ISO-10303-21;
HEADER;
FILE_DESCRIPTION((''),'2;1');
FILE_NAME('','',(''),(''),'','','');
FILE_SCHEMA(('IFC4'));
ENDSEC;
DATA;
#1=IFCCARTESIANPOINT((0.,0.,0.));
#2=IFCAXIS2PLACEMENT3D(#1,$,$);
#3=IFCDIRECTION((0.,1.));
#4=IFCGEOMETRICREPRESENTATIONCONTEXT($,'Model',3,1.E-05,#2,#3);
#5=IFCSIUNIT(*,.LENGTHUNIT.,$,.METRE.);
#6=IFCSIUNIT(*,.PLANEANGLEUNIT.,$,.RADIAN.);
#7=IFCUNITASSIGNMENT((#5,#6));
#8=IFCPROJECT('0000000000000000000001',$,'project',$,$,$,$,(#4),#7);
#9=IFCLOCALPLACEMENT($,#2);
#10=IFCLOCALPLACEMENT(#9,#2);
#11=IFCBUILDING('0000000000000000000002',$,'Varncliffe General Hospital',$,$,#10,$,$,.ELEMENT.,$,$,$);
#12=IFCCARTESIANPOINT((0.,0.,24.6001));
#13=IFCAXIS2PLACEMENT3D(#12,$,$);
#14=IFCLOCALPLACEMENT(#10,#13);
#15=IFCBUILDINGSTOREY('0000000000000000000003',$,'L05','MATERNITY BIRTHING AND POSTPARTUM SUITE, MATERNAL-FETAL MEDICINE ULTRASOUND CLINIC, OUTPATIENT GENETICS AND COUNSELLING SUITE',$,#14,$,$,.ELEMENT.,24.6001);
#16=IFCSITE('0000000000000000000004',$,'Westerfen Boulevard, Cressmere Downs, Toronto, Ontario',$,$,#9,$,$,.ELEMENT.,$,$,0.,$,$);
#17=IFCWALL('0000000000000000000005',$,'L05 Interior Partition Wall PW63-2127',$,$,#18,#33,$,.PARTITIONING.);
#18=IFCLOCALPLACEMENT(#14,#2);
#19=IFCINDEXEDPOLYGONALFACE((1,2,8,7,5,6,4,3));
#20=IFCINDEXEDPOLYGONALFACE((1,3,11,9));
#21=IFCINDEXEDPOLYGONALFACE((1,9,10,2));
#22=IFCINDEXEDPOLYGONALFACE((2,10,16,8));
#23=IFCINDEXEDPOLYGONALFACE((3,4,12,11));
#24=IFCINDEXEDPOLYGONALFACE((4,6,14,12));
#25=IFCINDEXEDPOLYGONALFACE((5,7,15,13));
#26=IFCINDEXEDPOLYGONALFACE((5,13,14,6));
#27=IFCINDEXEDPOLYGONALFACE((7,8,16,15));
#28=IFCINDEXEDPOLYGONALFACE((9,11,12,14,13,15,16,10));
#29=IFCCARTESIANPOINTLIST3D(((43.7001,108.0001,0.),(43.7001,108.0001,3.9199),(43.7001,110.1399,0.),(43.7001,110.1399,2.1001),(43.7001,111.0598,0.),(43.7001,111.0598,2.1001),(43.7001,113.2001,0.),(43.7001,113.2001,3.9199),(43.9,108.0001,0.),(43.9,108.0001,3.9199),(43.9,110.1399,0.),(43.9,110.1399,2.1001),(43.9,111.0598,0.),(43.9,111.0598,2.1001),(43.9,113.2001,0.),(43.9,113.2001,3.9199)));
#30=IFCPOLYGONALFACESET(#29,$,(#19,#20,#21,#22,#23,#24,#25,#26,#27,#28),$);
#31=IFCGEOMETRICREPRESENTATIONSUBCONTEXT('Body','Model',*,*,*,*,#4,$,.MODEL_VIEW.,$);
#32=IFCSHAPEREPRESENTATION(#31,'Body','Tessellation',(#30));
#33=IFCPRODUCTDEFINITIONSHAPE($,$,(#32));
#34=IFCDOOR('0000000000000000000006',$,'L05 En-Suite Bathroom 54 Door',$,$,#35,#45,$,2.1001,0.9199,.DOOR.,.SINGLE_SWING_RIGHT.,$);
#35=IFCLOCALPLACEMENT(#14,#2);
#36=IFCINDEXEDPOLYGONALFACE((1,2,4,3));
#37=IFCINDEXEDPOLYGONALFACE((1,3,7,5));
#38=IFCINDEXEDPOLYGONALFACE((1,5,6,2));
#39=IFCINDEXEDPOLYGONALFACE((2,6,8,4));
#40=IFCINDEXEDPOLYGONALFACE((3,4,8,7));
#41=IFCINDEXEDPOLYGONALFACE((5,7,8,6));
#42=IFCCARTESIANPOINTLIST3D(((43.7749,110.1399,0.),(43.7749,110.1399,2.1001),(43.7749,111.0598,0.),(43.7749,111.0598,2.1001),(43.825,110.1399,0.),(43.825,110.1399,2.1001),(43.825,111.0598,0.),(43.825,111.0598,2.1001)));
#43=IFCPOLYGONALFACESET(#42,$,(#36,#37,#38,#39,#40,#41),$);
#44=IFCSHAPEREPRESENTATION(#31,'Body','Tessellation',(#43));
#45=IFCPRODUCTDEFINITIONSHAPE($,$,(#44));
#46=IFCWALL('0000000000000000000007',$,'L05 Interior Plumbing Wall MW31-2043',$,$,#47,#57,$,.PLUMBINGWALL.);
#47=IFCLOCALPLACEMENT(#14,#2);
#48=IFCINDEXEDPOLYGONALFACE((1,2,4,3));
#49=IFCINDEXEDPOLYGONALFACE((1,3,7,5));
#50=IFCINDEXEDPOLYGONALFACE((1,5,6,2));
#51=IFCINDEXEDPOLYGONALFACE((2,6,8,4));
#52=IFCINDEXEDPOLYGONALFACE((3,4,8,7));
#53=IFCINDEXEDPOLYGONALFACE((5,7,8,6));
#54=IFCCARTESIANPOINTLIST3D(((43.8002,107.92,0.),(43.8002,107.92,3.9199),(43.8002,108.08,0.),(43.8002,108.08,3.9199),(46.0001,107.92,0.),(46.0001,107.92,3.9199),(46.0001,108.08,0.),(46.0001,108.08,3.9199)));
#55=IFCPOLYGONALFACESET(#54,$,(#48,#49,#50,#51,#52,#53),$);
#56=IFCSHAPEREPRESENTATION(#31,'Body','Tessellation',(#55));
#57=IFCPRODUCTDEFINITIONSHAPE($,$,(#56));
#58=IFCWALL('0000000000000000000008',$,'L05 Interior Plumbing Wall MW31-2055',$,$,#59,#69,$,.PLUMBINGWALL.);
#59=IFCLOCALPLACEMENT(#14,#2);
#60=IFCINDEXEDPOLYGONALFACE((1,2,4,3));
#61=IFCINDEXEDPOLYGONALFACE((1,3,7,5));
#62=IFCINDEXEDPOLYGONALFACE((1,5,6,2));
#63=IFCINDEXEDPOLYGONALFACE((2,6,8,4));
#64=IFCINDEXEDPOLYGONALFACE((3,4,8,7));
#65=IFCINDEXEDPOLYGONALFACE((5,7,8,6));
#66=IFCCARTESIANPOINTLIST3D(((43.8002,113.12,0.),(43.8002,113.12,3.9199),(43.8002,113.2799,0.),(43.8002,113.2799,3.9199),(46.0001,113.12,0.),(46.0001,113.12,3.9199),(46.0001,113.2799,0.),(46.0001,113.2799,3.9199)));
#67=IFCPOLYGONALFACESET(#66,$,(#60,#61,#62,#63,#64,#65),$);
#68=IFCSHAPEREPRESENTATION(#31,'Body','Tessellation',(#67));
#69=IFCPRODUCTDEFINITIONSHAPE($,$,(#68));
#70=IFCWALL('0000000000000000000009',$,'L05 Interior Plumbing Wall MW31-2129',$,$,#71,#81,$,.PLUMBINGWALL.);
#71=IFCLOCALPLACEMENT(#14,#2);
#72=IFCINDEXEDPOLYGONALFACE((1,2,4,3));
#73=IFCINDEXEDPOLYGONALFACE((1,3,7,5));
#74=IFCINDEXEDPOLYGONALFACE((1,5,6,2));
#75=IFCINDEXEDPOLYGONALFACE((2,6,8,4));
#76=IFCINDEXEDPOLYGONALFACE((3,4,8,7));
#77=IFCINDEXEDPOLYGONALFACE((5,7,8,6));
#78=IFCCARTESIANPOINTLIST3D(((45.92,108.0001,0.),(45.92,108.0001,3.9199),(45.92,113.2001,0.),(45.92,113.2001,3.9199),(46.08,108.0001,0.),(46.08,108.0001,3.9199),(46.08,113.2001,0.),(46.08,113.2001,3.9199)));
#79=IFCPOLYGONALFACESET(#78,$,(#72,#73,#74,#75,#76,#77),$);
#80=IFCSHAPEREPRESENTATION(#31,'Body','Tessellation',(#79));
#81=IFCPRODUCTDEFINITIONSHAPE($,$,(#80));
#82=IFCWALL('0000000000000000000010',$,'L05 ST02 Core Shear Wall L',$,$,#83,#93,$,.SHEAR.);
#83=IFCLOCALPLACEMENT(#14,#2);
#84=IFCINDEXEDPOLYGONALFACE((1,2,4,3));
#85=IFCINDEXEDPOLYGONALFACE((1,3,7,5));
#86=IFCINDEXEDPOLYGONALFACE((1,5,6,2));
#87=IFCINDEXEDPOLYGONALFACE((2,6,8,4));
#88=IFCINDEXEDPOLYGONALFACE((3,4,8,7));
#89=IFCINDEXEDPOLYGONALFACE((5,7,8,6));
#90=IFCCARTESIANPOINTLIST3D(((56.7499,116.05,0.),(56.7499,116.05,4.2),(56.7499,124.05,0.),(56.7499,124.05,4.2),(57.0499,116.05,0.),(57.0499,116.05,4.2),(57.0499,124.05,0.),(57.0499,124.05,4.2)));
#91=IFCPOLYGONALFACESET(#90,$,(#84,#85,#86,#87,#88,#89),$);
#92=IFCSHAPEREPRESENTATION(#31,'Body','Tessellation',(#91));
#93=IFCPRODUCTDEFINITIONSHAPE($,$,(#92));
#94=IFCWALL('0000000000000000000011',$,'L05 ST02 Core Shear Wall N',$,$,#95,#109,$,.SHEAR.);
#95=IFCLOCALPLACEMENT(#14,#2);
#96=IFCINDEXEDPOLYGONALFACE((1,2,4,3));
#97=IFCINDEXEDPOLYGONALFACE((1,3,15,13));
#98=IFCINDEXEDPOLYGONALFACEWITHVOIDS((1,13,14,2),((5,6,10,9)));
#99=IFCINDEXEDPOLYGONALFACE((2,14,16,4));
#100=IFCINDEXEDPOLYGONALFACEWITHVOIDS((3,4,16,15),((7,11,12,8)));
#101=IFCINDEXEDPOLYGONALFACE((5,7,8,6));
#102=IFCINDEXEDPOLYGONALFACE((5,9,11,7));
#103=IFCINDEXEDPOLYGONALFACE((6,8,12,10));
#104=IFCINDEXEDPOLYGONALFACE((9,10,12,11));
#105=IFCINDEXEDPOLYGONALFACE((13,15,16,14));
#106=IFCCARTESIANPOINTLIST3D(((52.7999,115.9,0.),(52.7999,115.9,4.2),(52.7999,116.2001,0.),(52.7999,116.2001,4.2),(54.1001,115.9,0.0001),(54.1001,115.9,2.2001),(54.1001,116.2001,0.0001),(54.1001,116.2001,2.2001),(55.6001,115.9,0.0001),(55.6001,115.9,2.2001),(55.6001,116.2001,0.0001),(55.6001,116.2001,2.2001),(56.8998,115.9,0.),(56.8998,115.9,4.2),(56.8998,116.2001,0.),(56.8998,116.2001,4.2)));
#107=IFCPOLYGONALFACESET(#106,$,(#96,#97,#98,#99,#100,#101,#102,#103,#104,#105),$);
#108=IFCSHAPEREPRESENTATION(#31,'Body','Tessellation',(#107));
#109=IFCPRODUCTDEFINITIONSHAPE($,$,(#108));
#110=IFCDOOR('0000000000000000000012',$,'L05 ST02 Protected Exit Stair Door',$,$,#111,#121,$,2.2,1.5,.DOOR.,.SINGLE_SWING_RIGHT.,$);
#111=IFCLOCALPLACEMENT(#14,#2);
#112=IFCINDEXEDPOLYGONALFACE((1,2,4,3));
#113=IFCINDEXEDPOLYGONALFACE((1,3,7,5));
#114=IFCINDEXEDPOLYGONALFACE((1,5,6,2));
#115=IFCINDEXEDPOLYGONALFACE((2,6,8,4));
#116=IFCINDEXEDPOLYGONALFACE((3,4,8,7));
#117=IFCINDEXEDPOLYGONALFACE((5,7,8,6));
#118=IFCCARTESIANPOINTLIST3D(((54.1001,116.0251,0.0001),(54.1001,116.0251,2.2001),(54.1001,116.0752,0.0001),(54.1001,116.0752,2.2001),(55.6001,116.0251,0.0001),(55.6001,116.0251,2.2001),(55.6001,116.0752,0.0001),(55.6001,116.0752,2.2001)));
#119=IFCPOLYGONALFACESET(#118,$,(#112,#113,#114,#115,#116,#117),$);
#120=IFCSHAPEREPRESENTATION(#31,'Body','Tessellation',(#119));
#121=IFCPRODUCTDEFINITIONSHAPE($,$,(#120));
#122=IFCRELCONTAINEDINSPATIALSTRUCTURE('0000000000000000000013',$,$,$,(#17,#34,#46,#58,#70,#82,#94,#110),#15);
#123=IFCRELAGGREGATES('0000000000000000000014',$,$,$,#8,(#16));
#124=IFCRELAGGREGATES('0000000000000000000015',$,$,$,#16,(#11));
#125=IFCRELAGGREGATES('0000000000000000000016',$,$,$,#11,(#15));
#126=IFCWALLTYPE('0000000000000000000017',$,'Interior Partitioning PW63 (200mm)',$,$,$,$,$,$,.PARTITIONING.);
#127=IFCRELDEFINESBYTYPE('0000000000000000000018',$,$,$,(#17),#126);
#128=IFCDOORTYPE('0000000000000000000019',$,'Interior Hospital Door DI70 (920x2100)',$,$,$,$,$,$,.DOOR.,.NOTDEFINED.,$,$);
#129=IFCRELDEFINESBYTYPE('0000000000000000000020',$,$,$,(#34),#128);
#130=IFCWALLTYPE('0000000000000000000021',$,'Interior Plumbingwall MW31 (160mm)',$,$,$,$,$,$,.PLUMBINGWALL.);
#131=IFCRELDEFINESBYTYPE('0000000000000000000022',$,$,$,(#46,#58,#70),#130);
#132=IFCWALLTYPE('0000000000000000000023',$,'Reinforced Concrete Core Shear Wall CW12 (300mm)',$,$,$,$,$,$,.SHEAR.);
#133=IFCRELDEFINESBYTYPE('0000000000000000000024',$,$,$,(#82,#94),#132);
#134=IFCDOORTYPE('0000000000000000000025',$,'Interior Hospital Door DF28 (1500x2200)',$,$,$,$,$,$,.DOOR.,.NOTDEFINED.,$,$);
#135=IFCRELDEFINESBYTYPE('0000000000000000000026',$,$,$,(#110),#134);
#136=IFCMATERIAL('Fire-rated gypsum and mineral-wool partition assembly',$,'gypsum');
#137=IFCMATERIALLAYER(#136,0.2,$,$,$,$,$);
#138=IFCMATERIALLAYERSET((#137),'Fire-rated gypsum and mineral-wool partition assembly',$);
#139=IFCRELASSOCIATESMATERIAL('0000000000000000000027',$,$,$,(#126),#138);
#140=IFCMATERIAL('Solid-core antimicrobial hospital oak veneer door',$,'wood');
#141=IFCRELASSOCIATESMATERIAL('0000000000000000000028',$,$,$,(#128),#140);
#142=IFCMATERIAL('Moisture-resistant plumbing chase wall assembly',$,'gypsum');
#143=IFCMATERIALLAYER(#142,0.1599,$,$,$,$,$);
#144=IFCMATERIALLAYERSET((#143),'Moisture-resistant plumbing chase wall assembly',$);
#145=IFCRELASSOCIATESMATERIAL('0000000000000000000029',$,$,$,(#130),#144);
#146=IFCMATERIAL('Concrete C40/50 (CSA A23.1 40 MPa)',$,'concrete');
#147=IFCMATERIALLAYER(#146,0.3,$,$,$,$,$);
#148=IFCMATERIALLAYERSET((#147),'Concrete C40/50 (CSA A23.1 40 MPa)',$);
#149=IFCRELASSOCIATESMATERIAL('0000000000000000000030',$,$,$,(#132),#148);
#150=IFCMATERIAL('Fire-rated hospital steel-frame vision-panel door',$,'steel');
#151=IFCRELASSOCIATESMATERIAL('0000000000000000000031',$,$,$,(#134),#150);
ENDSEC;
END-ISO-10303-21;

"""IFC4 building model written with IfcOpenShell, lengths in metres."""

from ifc_helpers import new_model, si_unit, direction, frame, frame_2d, origin, place, context, subcontext, project, spatial, rectangle, extrude, material, layer, layer_set, type_object, element, fill, save


model = new_model("IFC4")

# Units and contexts
model_context = context("Model", 3, precision=1e-05, world=origin(), true_north=direction((0.0, 1.0)))
body_context = subcontext(model_context, "Body", "Model", "MODEL_VIEW")
ifc_project = project(units=[si_unit("LENGTHUNIT", "METRE"), si_unit("PLANEANGLEUNIT", "RADIAN")], contexts=[model_context])

# Site, building, storey
site_placement = place(None, origin())
site = spatial("IfcSite", under=ifc_project, at=site_placement, Name="Westerfen Boulevard, Cressmere Downs, Toronto, Ontario", CompositionType="ELEMENT", RefElevation=0.0)
building_placement = place(site_placement, origin())
building = spatial("IfcBuilding", under=site, at=building_placement, Name="Varncliffe General Hospital", CompositionType="ELEMENT")
storey_placement = place(building_placement, frame((0.0, 0.0, 24.6001)))
storey = spatial("IfcBuildingStorey", under=building, at=storey_placement, Name="L05", Description="MATERNITY BIRTHING AND POSTPARTUM SUITE, MATERNAL-FETAL MEDICINE ULTRASOUND CLINIC, OUTPATIENT GENETICS AND COUNSELLING SUITE", CompositionType="ELEMENT", Elevation=24.6001)

# Shared definitions
ifc_material_1 = material(Name="Concrete C40/50 (CSA A23.1 40 MPa)", Category="concrete")

# Shared definitions
ifc_material_2 = material(Name="Fire-rated gypsum and mineral-wool partition assembly", Category="gypsum")
ifc_material_3 = material(Name="Fire-rated hospital steel-frame vision-panel door", Category="steel")

# Wall, opening, door
ifc_layer_1 = layer(ifc_material_2, 0.2)
ifc_layer_set_1 = layer_set([ifc_layer_1], Name="Fire-rated gypsum and mineral-wool partition assembly")
wall_type_1 = type_object("IfcWallType", Name="Interior Partitioning PW63 (200mm)", PredefinedType="PARTITIONING", material=ifc_layer_set_1)
wall_1_placement = place(storey_placement, frame((43.8, 108.0, 0.0), z_axis=(0.0, 0.0, 1.0), x_axis=(0.0, 1.0, 0.0)))
wall_1 = element("IfcWall", 1, at=wall_1_placement, inside=storey, type_object=wall_type_1, Name="L05 Interior Partition Wall PW63-2127", PredefinedType="PARTITIONING", context=body_context, shape_type="SweptSolid", body=[
    extrude(rectangle(XDim=5.2, YDim=0.2, at=frame_2d((2.6001, 0.0))), origin(), (0.0, 0.0, 1.0), 3.9199),
])
opening_1_placement = place(wall_1_placement, frame((2.1399, 0.0, 0.0)))
opening_1 = element("IfcOpeningElement", 2, at=opening_1_placement, cuts=wall_1, PredefinedType="OPENING", context=body_context, shape_type="SweptSolid", body=[
    extrude(rectangle(XDim=0.9199, YDim=2.1001, at=frame_2d((0.46, 1.05))), frame((0.0, 0.1099, 0.0), z_axis=(0.0, -1.0, 0.0), x_axis=(1.0, 0.0, 0.0)), (0.0, 0.0, 1.0), 0.22),
])
ifc_material_4 = material(Name="Solid-core antimicrobial hospital oak veneer door", Category="wood")
door_type_1 = type_object("IfcDoorType", Name="Interior Hospital Door DI70 (920x2100)", OperationType="NOTDEFINED", PredefinedType="DOOR", material=ifc_material_4)
door_1_placement = place(opening_1_placement, frame((0.9199, 0.0, 0.0), z_axis=(0.0, 0.0, 1.0), x_axis=(-1.0, 0.0, 0.0)))
door_1 = element("IfcDoor", 3, at=door_1_placement, inside=storey, type_object=door_type_1, Name="L05 En-Suite Bathroom 54 Door", OperationType="SINGLE_SWING_RIGHT", OverallHeight=2.1001, OverallWidth=0.9199, PredefinedType="DOOR", context=body_context, shape_type="SweptSolid", body=[
    extrude(rectangle(XDim=0.9199, YDim=2.1001, at=frame_2d((0.46, 1.05))), frame((0.0, 0.0249, 0.0), z_axis=(0.0, -1.0, 0.0), x_axis=(1.0, 0.0, 0.0)), (0.0, 0.0, 1.0), 0.05),
])
fill(opening_1, door_1)

# Walls
ifc_material_5 = material(Name="Moisture-resistant plumbing chase wall assembly", Category="gypsum")
ifc_layer_2 = layer(ifc_material_5, 0.1599)
ifc_layer_set_2 = layer_set([ifc_layer_2], Name="Moisture-resistant plumbing chase wall assembly")
wall_type_2 = type_object("IfcWallType", Name="Interior Plumbingwall MW31 (160mm)", PredefinedType="PLUMBINGWALL", material=ifc_layer_set_2)
for number, where, z_axis, x_axis, name in (
    (4, (43.8, 108.0, 0.0), (0.0, 0.0, 1.0), (1.0, 0.0, 0.0), "L05 Interior Plumbing Wall MW31-2043"),
    (5, (43.8, 113.2, 0.0), (0.0, 0.0, 1.0), (1.0, 0.0, 0.0), "L05 Interior Plumbing Wall MW31-2055"),
):
    element("IfcWall", number, at=place(storey_placement, frame(where, z_axis=z_axis, x_axis=x_axis)), inside=storey, type_object=wall_type_2, Name=name, PredefinedType="PLUMBINGWALL", context=body_context, shape_type="SweptSolid", body=[
        extrude(rectangle(XDim=2.2, YDim=0.1599, at=frame_2d((1.1001, 0.0))), origin(), (0.0, 0.0, 1.0), 3.9199),
    ])
wall_2_placement = place(storey_placement, frame((46.0, 108.0, 0.0), z_axis=(0.0, 0.0, 1.0), x_axis=(0.0, 1.0, 0.0)))
element("IfcWall", 6, at=wall_2_placement, inside=storey, type_object=wall_type_2, Name="L05 Interior Plumbing Wall MW31-2129", PredefinedType="PLUMBINGWALL", context=body_context, shape_type="SweptSolid", body=[
    extrude(rectangle(XDim=5.2, YDim=0.1599, at=frame_2d((2.6001, 0.0))), origin(), (0.0, 0.0, 1.0), 3.9199),
])
ifc_layer_3 = layer(ifc_material_1, 0.3)
ifc_layer_set_3 = layer_set([ifc_layer_3], Name="Concrete C40/50 (CSA A23.1 40 MPa)")
wall_type_3 = type_object("IfcWallType", Name="Reinforced Concrete Core Shear Wall CW12 (300mm)", PredefinedType="SHEAR", material=ifc_layer_set_3)
wall_3_placement = place(storey_placement, frame((56.8999, 116.05, 0.0), z_axis=(0.0, 0.0, 1.0), x_axis=(0.0, 1.0, 0.0)))
element("IfcWall", 7, at=wall_3_placement, inside=storey, type_object=wall_type_3, Name="L05 ST02 Core Shear Wall L", PredefinedType="SHEAR", context=body_context, shape_type="SweptSolid", body=[
    extrude(rectangle(XDim=8.0, YDim=0.3, at=frame_2d((4.0, 0.0))), origin(), (0.0, 0.0, 1.0), 4.2),
])

# Wall, opening, door
wall_4_placement = place(storey_placement, frame((52.8, 116.05, 0.0), z_axis=(0.0, 0.0, 1.0), x_axis=(1.0, 0.0, 0.0)))
wall_4 = element("IfcWall", 8, at=wall_4_placement, inside=storey, type_object=wall_type_3, Name="L05 ST02 Core Shear Wall N", PredefinedType="SHEAR", context=body_context, shape_type="SweptSolid", body=[
    extrude(rectangle(XDim=4.0999, YDim=0.3, at=frame_2d((2.0498, 0.0))), origin(), (0.0, 0.0, 1.0), 4.2),
])
opening_2_placement = place(wall_4_placement, frame((1.3, 0.0, 0.0)))
opening_2 = element("IfcOpeningElement", 9, at=opening_2_placement, cuts=wall_4, PredefinedType="OPENING", context=body_context, shape_type="SweptSolid", body=[
    extrude(rectangle(XDim=1.5, YDim=2.2, at=frame_2d((0.75, 1.1001))), frame((0.0, 0.1602, 0.0), z_axis=(0.0, -1.0, 0.0), x_axis=(1.0, 0.0, 0.0)), (0.0, 0.0, 1.0), 0.3201),
])
door_type_2 = type_object("IfcDoorType", Name="Interior Hospital Door DF28 (1500x2200)", OperationType="NOTDEFINED", PredefinedType="DOOR", material=ifc_material_3)
door_2_placement = place(opening_2_placement, frame((1.5, 0.0, 0.0), z_axis=(0.0, 0.0, 1.0), x_axis=(-1.0, 0.0, 0.0)))
door_2 = element("IfcDoor", 10, at=door_2_placement, inside=storey, type_object=door_type_2, Name="L05 ST02 Protected Exit Stair Door", OperationType="SINGLE_SWING_RIGHT", OverallHeight=2.2, OverallWidth=1.5, PredefinedType="DOOR", context=body_context, shape_type="SweptSolid", body=[
    extrude(rectangle(XDim=1.5, YDim=2.2, at=frame_2d((0.75, 1.1001))), frame((0.0, 0.0249, 0.0), z_axis=(0.0, -1.0, 0.0), x_axis=(1.0, 0.0, 0.0)), (0.0, 0.0, 1.0), 0.05),
])
fill(opening_2, door_2)

save(model, "model.ifc")
